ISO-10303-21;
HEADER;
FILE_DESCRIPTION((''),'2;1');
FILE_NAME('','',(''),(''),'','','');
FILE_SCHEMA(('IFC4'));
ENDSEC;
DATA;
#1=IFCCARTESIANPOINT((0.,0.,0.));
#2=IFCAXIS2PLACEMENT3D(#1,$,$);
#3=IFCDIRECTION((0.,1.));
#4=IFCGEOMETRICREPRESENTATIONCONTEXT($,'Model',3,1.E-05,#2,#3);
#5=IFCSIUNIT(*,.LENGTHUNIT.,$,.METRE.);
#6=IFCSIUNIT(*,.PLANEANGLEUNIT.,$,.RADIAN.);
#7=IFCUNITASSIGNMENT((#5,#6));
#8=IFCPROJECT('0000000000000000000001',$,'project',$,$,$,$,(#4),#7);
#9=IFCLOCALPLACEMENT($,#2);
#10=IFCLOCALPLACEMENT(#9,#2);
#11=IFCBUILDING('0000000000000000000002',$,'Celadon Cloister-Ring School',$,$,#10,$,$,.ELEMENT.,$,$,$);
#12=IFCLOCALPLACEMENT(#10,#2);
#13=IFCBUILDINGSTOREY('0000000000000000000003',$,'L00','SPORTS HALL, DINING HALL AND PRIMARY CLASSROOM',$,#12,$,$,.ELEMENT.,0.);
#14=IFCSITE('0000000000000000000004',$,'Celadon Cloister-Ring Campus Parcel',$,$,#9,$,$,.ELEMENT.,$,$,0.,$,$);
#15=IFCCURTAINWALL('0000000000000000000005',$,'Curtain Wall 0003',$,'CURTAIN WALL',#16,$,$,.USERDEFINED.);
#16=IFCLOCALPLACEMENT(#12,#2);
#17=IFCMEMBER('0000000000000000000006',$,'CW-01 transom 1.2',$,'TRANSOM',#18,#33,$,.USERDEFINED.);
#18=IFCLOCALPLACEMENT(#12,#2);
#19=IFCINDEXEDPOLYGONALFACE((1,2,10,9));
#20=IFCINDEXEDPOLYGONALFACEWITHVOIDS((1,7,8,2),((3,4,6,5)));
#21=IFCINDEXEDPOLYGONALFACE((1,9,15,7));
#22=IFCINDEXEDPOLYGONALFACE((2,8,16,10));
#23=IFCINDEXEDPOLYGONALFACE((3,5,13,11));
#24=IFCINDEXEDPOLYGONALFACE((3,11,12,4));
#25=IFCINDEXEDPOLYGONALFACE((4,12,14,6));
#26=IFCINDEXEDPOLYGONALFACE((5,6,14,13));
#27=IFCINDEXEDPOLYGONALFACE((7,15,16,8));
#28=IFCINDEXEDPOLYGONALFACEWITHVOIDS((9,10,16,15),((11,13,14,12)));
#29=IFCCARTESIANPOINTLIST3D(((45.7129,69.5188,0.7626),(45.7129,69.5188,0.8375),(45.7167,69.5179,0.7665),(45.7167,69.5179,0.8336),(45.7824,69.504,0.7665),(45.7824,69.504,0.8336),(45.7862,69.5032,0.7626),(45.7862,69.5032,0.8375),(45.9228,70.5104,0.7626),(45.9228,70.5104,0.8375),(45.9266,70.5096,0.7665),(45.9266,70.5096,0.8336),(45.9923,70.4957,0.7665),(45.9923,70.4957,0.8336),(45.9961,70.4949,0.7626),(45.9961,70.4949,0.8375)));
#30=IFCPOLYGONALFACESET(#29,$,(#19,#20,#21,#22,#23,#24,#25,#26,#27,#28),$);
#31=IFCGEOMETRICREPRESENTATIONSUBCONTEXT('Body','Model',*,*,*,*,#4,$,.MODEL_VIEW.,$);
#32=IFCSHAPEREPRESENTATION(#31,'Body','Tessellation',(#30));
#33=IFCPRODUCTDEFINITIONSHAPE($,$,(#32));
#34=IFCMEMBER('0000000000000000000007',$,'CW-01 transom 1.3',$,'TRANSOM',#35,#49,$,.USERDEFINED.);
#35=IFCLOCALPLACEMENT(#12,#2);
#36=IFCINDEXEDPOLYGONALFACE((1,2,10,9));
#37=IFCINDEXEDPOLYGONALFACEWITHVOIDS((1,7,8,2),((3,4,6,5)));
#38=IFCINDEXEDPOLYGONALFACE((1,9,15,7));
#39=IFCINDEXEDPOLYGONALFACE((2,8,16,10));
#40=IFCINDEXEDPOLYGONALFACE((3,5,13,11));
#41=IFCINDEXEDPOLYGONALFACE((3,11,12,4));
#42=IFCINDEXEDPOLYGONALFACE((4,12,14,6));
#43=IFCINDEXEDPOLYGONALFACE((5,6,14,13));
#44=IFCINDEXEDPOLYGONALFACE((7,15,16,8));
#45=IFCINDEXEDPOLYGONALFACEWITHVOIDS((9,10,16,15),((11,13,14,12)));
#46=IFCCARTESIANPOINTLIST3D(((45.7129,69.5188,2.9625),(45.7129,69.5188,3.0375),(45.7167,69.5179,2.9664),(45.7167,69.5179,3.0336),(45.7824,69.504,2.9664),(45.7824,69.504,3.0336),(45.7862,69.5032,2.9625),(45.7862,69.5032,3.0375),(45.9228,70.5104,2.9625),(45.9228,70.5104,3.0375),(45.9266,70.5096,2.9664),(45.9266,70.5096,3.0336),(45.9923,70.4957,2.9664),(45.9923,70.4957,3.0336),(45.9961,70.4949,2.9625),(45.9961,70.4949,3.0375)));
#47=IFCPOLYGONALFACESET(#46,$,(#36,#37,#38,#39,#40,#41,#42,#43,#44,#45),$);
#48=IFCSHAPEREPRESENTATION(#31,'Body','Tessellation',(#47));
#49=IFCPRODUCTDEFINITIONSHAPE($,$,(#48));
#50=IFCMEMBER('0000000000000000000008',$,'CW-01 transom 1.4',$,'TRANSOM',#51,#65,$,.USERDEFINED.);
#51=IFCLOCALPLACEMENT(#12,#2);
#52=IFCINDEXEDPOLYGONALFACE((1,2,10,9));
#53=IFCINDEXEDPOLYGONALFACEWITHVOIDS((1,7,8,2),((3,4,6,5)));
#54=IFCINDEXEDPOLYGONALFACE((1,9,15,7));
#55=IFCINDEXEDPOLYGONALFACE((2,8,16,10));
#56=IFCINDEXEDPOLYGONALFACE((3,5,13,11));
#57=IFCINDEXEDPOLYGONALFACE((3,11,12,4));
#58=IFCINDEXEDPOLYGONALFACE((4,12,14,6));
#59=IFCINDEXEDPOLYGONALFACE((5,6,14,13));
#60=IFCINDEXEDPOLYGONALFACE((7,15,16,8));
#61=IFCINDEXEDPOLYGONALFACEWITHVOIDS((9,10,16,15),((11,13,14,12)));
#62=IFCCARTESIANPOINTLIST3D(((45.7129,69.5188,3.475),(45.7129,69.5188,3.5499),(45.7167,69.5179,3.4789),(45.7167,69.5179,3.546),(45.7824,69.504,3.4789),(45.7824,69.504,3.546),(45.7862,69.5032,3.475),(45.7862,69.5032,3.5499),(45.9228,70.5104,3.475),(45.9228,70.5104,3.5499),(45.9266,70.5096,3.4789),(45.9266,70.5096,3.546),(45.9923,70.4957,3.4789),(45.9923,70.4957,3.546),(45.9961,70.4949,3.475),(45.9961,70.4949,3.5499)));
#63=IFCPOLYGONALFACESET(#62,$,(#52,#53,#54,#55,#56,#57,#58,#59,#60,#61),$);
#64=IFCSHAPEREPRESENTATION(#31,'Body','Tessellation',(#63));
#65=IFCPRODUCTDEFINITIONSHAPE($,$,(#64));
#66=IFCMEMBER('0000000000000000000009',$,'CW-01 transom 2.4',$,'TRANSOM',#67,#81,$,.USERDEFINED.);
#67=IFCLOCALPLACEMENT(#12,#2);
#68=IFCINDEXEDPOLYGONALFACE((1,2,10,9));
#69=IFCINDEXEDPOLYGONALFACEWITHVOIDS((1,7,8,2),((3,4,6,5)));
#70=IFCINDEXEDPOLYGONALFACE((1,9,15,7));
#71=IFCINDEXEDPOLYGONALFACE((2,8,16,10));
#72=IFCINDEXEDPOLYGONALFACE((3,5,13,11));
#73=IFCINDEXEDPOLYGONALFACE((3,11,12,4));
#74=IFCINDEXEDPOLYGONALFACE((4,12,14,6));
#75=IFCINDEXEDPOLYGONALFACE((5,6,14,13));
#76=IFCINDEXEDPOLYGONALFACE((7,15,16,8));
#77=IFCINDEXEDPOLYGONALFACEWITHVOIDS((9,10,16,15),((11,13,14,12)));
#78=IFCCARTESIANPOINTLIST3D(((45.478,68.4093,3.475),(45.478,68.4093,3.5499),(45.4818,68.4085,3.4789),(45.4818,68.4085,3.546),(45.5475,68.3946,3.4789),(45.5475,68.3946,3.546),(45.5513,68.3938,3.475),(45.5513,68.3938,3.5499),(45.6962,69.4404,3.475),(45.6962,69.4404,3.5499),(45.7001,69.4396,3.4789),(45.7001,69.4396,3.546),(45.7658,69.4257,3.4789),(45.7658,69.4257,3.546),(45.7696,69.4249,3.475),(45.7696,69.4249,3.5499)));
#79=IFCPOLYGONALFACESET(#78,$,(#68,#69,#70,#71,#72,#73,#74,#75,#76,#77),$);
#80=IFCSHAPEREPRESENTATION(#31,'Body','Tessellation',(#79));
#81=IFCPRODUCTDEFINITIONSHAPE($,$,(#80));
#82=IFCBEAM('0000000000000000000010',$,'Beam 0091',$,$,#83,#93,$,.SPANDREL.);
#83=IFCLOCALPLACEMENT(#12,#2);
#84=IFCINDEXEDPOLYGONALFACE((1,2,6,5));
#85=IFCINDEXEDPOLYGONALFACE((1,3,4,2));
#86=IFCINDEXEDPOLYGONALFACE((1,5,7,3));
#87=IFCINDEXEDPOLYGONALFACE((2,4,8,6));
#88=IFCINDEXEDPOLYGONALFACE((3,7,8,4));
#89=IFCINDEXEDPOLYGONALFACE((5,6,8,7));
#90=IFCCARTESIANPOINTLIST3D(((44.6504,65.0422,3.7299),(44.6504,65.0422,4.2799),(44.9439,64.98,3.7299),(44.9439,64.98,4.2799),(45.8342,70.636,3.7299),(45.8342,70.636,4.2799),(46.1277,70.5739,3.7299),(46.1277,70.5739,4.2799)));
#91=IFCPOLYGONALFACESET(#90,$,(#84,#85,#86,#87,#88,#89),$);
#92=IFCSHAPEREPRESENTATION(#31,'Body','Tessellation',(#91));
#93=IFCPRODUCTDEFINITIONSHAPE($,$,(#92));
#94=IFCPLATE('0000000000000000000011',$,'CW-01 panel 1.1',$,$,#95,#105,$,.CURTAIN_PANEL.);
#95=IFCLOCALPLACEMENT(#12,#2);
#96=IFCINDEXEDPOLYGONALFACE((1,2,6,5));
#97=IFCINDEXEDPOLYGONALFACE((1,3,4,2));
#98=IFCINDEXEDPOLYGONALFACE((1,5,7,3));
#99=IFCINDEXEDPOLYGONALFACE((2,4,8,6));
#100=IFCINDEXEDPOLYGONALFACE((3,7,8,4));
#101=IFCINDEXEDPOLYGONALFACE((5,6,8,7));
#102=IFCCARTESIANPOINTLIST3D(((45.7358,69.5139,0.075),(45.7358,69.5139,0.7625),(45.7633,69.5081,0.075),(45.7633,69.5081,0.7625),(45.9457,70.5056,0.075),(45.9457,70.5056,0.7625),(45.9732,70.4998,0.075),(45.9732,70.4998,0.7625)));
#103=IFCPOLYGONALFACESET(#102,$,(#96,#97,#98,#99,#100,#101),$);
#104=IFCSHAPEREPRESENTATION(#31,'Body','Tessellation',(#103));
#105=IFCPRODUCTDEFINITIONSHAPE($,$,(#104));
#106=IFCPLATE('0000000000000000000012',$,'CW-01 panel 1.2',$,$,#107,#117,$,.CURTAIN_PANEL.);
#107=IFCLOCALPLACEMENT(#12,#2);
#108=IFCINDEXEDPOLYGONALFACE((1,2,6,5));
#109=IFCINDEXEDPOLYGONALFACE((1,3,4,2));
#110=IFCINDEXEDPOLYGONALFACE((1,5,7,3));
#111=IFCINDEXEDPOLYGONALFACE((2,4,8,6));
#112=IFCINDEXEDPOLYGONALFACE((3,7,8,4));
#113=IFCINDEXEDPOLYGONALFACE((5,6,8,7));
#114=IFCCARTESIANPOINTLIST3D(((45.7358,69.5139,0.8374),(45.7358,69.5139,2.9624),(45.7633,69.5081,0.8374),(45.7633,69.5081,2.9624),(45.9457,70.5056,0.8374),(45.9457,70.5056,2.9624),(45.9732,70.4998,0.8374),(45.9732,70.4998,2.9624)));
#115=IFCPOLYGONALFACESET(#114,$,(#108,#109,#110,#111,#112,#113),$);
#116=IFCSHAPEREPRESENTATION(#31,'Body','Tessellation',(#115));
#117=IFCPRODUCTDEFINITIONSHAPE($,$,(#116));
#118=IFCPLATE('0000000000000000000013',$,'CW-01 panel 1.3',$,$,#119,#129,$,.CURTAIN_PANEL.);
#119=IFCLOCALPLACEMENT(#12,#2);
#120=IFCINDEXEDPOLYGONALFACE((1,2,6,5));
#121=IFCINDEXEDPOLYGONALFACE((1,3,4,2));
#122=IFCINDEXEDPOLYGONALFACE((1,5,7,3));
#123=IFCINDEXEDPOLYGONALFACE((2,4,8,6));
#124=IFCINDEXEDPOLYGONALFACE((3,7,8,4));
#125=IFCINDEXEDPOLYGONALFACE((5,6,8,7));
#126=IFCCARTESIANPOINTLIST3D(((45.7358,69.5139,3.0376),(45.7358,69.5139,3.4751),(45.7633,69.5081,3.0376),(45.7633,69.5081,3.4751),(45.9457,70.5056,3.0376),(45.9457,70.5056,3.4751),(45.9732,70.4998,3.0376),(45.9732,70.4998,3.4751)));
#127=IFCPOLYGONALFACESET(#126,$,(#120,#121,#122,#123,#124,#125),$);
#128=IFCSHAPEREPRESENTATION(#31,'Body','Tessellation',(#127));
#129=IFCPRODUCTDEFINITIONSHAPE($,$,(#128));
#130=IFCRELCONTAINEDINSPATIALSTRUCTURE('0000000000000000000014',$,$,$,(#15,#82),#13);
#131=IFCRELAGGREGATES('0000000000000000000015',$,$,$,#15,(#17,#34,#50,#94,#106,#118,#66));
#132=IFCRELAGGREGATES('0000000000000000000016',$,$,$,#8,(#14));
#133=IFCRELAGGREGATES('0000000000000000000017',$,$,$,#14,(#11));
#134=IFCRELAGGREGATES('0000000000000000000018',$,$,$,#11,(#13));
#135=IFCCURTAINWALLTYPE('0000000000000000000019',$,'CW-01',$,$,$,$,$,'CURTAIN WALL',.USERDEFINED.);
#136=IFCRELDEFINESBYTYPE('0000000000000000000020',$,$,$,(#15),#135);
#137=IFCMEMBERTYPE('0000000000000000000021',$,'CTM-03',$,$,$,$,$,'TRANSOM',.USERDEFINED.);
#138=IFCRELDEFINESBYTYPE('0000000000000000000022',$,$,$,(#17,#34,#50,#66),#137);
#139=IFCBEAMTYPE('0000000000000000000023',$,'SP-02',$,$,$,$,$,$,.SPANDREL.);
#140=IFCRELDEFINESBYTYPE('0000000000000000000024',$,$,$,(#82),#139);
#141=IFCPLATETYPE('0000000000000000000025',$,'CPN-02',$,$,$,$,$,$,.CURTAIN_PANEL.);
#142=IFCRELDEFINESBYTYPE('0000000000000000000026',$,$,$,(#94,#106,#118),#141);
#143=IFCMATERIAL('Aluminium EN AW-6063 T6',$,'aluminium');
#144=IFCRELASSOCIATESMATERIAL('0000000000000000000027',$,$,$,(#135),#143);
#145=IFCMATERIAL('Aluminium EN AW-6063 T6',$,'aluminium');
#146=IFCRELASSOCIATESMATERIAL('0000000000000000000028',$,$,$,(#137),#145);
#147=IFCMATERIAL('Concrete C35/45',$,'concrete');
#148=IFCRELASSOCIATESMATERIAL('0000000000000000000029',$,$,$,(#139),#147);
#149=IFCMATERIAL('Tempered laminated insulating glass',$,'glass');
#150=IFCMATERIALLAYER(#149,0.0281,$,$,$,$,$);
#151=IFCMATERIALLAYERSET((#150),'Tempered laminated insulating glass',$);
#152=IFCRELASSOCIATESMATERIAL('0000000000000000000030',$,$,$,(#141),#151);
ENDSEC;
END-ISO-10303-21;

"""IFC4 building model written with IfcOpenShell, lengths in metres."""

from ifc_helpers import new_model, si_unit, direction, frame, origin, origin_2d, place, context, subcontext, project, spatial, rectangle, hollow_rectangle, extrude, material, layer, layer_set, material_profile, profile_set, type_object, element, aggregate, save


model = new_model("IFC4")

# Units and contexts
model_context = context("Model", 3, precision=1e-05, world=origin(), true_north=direction((0.0, 1.0)))
body_context = subcontext(model_context, "Body", "Model", "MODEL_VIEW")
ifc_project = project(units=[si_unit("LENGTHUNIT", "METRE"), si_unit("PLANEANGLEUNIT", "RADIAN")], contexts=[model_context])

# Site, building, storey
site_placement = place(None, origin())
site = spatial("IfcSite", under=ifc_project, at=site_placement, Name="Celadon Cloister-Ring Campus Parcel", CompositionType="ELEMENT", RefElevation=0.0)
building_placement = place(site_placement, origin())
building = spatial("IfcBuilding", under=site, at=building_placement, Name="Celadon Cloister-Ring School", CompositionType="ELEMENT")
storey_placement = place(building_placement, origin())
storey = spatial("IfcBuildingStorey", under=building, at=storey_placement, Name="L00", Description="SPORTS HALL, DINING HALL AND PRIMARY CLASSROOM", CompositionType="ELEMENT", Elevation=0.0)

# Curtain wall, members
ifc_material_1 = material(Name="Aluminium EN AW-6063 T6", Category="aluminium")
curtain_wall_type = type_object("IfcCurtainWallType", Name="CW-01", ElementType="CURTAIN WALL", PredefinedType="USERDEFINED", material=ifc_material_1)
curtain_wall_placement = place(storey_placement, origin())
curtain_wall = element("IfcCurtainWall", 1, at=curtain_wall_placement, inside=storey, type_object=curtain_wall_type, Name="Curtain Wall 0003", ObjectType="CURTAIN WALL", PredefinedType="USERDEFINED")
ifc_material_2 = material(Name="Aluminium EN AW-6063 T6", Category="aluminium")
ifc_material_profile_1 = material_profile(ifc_material_2, hollow_rectangle(XDim=0.075, YDim=0.075, WallThickness=0.0039, at=origin_2d()), Name="RHS75X75X4")
ifc_profile_set_1 = profile_set([ifc_material_profile_1], Name="Aluminium EN AW-6063 T6")
member_type_1 = type_object("IfcMemberType", Name="CTM-03", ElementType="TRANSOM", PredefinedType="USERDEFINED", material=ifc_profile_set_1)
member_1_placement = place(storey_placement, frame((45.9595, 70.5027, 0.8), z_axis=(-0.207127, -0.978314, 0.0), x_axis=(0.978314, -0.207127, 0.0)))
member_1 = element("IfcMember", 2, at=member_1_placement, type_object=member_type_1, Name="CW-01 transom 1.2", ObjectType="TRANSOM", PredefinedType="USERDEFINED", context=body_context, shape_type="SweptSolid", body=[
    extrude(hollow_rectangle(XDim=0.075, YDim=0.075, WallThickness=0.0039, at=origin_2d()), origin(), (0.0, 0.0, 1.0), 1.0137),
])
member_2_placement = place(storey_placement, frame((45.9595, 70.5027, 3.0), z_axis=(-0.207127, -0.978314, 0.0), x_axis=(0.978314, -0.207127, 0.0)))
member_2 = element("IfcMember", 3, at=member_2_placement, type_object=member_type_1, Name="CW-01 transom 1.3", ObjectType="TRANSOM", PredefinedType="USERDEFINED", context=body_context, shape_type="SweptSolid", body=[
    extrude(hollow_rectangle(XDim=0.075, YDim=0.075, WallThickness=0.0039, at=origin_2d()), origin(), (0.0, 0.0, 1.0), 1.0137),
])
member_3_placement = place(storey_placement, frame((45.9595, 70.5027, 3.5125), z_axis=(-0.207127, -0.978314, 0.0), x_axis=(0.978314, -0.207127, 0.0)))
member_3 = element("IfcMember", 4, at=member_3_placement, type_object=member_type_1, Name="CW-01 transom 1.4", ObjectType="TRANSOM", PredefinedType="USERDEFINED", context=body_context, shape_type="SweptSolid", body=[
    extrude(hollow_rectangle(XDim=0.075, YDim=0.075, WallThickness=0.0039, at=origin_2d()), origin(), (0.0, 0.0, 1.0), 1.0137),
])
member_4_placement = place(storey_placement, frame((45.7329, 69.4326, 3.5125), z_axis=(-0.207108, -0.978318, 0.0), x_axis=(0.978318, -0.207108, 0.0)))
member_4 = element("IfcMember", 5, at=member_4_placement, type_object=member_type_1, Name="CW-01 transom 2.4", ObjectType="TRANSOM", PredefinedType="USERDEFINED", context=body_context, shape_type="SweptSolid", body=[
    extrude(hollow_rectangle(XDim=0.075, YDim=0.075, WallThickness=0.0039, at=origin_2d()), origin(), (0.0, 0.0, 1.0), 1.054),
])

# Beam
ifc_material_3 = material(Name="Concrete C35/45", Category="concrete")
ifc_material_profile_2 = material_profile(ifc_material_3, rectangle(XDim=0.3, YDim=0.55, at=origin_2d()), Name="RC300X550")
ifc_profile_set_2 = profile_set([ifc_material_profile_2], Name="Concrete C35/45")
beam_type_1 = type_object("IfcBeamType", Name="SP-02", PredefinedType="SPANDREL", material=ifc_profile_set_2)
beam_1_placement = place(storey_placement, frame((45.981, 70.605, 4.0049), z_axis=(-0.207041, -0.978332, 0.0), x_axis=(0.978332, -0.207041, 0.0)))
element("IfcBeam", 6, at=beam_1_placement, inside=storey, type_object=beam_type_1, Name="Beam 0091", PredefinedType="SPANDREL", context=body_context, shape_type="SweptSolid", body=[
    extrude(rectangle(XDim=0.3, YDim=0.55, at=origin_2d()), origin(), (0.0, 0.0, 1.0), 5.7178),
])

# Plates
ifc_material_4 = material(Name="Tempered laminated insulating glass", Category="glass")
ifc_layer = layer(ifc_material_4, 0.0281)
ifc_layer_set = layer_set([ifc_layer], Name="Tempered laminated insulating glass")
plate_type = type_object("IfcPlateType", Name="CPN-02", PredefinedType="CURTAIN_PANEL", material=ifc_layer_set)
plate_1_placement = place(storey_placement, frame((45.8545, 70.0068, 0.075), z_axis=(0.0, 0.0, 1.0), x_axis=(-0.207095, -0.978321, 0.0)))
plate_1 = element("IfcPlate", 7, at=plate_1_placement, type_object=plate_type, Name="CW-01 panel 1.1", PredefinedType="CURTAIN_PANEL", context=body_context, shape_type="SweptSolid", body=[
    extrude(rectangle(XDim=1.0137, YDim=0.0281, at=origin_2d()), origin(), (0.0, 0.0, 1.0), 0.6875),
])
plate_2_placement = place(storey_placement, frame((45.8545, 70.0068, 0.8374), z_axis=(0.0, 0.0, 1.0), x_axis=(-0.207095, -0.978321, 0.0)))
plate_2 = element("IfcPlate", 8, at=plate_2_placement, type_object=plate_type, Name="CW-01 panel 1.2", PredefinedType="CURTAIN_PANEL", context=body_context, shape_type="SweptSolid", body=[
    extrude(rectangle(XDim=1.0137, YDim=0.0281, at=origin_2d()), origin(), (0.0, 0.0, 1.0), 2.125),
])
plate_3_placement = place(storey_placement, frame((45.8545, 70.0068, 3.0376), z_axis=(0.0, 0.0, 1.0), x_axis=(-0.207095, -0.978321, 0.0)))
plate_3 = element("IfcPlate", 9, at=plate_3_placement, type_object=plate_type, Name="CW-01 panel 1.3", PredefinedType="CURTAIN_PANEL", context=body_context, shape_type="SweptSolid", body=[
    extrude(rectangle(XDim=1.0137, YDim=0.0281, at=origin_2d()), origin(), (0.0, 0.0, 1.0), 0.4375),
])
aggregate(curtain_wall, [member_1, member_2, member_3, plate_1, plate_2, plate_3, member_4])

save(model, "model.ifc")
